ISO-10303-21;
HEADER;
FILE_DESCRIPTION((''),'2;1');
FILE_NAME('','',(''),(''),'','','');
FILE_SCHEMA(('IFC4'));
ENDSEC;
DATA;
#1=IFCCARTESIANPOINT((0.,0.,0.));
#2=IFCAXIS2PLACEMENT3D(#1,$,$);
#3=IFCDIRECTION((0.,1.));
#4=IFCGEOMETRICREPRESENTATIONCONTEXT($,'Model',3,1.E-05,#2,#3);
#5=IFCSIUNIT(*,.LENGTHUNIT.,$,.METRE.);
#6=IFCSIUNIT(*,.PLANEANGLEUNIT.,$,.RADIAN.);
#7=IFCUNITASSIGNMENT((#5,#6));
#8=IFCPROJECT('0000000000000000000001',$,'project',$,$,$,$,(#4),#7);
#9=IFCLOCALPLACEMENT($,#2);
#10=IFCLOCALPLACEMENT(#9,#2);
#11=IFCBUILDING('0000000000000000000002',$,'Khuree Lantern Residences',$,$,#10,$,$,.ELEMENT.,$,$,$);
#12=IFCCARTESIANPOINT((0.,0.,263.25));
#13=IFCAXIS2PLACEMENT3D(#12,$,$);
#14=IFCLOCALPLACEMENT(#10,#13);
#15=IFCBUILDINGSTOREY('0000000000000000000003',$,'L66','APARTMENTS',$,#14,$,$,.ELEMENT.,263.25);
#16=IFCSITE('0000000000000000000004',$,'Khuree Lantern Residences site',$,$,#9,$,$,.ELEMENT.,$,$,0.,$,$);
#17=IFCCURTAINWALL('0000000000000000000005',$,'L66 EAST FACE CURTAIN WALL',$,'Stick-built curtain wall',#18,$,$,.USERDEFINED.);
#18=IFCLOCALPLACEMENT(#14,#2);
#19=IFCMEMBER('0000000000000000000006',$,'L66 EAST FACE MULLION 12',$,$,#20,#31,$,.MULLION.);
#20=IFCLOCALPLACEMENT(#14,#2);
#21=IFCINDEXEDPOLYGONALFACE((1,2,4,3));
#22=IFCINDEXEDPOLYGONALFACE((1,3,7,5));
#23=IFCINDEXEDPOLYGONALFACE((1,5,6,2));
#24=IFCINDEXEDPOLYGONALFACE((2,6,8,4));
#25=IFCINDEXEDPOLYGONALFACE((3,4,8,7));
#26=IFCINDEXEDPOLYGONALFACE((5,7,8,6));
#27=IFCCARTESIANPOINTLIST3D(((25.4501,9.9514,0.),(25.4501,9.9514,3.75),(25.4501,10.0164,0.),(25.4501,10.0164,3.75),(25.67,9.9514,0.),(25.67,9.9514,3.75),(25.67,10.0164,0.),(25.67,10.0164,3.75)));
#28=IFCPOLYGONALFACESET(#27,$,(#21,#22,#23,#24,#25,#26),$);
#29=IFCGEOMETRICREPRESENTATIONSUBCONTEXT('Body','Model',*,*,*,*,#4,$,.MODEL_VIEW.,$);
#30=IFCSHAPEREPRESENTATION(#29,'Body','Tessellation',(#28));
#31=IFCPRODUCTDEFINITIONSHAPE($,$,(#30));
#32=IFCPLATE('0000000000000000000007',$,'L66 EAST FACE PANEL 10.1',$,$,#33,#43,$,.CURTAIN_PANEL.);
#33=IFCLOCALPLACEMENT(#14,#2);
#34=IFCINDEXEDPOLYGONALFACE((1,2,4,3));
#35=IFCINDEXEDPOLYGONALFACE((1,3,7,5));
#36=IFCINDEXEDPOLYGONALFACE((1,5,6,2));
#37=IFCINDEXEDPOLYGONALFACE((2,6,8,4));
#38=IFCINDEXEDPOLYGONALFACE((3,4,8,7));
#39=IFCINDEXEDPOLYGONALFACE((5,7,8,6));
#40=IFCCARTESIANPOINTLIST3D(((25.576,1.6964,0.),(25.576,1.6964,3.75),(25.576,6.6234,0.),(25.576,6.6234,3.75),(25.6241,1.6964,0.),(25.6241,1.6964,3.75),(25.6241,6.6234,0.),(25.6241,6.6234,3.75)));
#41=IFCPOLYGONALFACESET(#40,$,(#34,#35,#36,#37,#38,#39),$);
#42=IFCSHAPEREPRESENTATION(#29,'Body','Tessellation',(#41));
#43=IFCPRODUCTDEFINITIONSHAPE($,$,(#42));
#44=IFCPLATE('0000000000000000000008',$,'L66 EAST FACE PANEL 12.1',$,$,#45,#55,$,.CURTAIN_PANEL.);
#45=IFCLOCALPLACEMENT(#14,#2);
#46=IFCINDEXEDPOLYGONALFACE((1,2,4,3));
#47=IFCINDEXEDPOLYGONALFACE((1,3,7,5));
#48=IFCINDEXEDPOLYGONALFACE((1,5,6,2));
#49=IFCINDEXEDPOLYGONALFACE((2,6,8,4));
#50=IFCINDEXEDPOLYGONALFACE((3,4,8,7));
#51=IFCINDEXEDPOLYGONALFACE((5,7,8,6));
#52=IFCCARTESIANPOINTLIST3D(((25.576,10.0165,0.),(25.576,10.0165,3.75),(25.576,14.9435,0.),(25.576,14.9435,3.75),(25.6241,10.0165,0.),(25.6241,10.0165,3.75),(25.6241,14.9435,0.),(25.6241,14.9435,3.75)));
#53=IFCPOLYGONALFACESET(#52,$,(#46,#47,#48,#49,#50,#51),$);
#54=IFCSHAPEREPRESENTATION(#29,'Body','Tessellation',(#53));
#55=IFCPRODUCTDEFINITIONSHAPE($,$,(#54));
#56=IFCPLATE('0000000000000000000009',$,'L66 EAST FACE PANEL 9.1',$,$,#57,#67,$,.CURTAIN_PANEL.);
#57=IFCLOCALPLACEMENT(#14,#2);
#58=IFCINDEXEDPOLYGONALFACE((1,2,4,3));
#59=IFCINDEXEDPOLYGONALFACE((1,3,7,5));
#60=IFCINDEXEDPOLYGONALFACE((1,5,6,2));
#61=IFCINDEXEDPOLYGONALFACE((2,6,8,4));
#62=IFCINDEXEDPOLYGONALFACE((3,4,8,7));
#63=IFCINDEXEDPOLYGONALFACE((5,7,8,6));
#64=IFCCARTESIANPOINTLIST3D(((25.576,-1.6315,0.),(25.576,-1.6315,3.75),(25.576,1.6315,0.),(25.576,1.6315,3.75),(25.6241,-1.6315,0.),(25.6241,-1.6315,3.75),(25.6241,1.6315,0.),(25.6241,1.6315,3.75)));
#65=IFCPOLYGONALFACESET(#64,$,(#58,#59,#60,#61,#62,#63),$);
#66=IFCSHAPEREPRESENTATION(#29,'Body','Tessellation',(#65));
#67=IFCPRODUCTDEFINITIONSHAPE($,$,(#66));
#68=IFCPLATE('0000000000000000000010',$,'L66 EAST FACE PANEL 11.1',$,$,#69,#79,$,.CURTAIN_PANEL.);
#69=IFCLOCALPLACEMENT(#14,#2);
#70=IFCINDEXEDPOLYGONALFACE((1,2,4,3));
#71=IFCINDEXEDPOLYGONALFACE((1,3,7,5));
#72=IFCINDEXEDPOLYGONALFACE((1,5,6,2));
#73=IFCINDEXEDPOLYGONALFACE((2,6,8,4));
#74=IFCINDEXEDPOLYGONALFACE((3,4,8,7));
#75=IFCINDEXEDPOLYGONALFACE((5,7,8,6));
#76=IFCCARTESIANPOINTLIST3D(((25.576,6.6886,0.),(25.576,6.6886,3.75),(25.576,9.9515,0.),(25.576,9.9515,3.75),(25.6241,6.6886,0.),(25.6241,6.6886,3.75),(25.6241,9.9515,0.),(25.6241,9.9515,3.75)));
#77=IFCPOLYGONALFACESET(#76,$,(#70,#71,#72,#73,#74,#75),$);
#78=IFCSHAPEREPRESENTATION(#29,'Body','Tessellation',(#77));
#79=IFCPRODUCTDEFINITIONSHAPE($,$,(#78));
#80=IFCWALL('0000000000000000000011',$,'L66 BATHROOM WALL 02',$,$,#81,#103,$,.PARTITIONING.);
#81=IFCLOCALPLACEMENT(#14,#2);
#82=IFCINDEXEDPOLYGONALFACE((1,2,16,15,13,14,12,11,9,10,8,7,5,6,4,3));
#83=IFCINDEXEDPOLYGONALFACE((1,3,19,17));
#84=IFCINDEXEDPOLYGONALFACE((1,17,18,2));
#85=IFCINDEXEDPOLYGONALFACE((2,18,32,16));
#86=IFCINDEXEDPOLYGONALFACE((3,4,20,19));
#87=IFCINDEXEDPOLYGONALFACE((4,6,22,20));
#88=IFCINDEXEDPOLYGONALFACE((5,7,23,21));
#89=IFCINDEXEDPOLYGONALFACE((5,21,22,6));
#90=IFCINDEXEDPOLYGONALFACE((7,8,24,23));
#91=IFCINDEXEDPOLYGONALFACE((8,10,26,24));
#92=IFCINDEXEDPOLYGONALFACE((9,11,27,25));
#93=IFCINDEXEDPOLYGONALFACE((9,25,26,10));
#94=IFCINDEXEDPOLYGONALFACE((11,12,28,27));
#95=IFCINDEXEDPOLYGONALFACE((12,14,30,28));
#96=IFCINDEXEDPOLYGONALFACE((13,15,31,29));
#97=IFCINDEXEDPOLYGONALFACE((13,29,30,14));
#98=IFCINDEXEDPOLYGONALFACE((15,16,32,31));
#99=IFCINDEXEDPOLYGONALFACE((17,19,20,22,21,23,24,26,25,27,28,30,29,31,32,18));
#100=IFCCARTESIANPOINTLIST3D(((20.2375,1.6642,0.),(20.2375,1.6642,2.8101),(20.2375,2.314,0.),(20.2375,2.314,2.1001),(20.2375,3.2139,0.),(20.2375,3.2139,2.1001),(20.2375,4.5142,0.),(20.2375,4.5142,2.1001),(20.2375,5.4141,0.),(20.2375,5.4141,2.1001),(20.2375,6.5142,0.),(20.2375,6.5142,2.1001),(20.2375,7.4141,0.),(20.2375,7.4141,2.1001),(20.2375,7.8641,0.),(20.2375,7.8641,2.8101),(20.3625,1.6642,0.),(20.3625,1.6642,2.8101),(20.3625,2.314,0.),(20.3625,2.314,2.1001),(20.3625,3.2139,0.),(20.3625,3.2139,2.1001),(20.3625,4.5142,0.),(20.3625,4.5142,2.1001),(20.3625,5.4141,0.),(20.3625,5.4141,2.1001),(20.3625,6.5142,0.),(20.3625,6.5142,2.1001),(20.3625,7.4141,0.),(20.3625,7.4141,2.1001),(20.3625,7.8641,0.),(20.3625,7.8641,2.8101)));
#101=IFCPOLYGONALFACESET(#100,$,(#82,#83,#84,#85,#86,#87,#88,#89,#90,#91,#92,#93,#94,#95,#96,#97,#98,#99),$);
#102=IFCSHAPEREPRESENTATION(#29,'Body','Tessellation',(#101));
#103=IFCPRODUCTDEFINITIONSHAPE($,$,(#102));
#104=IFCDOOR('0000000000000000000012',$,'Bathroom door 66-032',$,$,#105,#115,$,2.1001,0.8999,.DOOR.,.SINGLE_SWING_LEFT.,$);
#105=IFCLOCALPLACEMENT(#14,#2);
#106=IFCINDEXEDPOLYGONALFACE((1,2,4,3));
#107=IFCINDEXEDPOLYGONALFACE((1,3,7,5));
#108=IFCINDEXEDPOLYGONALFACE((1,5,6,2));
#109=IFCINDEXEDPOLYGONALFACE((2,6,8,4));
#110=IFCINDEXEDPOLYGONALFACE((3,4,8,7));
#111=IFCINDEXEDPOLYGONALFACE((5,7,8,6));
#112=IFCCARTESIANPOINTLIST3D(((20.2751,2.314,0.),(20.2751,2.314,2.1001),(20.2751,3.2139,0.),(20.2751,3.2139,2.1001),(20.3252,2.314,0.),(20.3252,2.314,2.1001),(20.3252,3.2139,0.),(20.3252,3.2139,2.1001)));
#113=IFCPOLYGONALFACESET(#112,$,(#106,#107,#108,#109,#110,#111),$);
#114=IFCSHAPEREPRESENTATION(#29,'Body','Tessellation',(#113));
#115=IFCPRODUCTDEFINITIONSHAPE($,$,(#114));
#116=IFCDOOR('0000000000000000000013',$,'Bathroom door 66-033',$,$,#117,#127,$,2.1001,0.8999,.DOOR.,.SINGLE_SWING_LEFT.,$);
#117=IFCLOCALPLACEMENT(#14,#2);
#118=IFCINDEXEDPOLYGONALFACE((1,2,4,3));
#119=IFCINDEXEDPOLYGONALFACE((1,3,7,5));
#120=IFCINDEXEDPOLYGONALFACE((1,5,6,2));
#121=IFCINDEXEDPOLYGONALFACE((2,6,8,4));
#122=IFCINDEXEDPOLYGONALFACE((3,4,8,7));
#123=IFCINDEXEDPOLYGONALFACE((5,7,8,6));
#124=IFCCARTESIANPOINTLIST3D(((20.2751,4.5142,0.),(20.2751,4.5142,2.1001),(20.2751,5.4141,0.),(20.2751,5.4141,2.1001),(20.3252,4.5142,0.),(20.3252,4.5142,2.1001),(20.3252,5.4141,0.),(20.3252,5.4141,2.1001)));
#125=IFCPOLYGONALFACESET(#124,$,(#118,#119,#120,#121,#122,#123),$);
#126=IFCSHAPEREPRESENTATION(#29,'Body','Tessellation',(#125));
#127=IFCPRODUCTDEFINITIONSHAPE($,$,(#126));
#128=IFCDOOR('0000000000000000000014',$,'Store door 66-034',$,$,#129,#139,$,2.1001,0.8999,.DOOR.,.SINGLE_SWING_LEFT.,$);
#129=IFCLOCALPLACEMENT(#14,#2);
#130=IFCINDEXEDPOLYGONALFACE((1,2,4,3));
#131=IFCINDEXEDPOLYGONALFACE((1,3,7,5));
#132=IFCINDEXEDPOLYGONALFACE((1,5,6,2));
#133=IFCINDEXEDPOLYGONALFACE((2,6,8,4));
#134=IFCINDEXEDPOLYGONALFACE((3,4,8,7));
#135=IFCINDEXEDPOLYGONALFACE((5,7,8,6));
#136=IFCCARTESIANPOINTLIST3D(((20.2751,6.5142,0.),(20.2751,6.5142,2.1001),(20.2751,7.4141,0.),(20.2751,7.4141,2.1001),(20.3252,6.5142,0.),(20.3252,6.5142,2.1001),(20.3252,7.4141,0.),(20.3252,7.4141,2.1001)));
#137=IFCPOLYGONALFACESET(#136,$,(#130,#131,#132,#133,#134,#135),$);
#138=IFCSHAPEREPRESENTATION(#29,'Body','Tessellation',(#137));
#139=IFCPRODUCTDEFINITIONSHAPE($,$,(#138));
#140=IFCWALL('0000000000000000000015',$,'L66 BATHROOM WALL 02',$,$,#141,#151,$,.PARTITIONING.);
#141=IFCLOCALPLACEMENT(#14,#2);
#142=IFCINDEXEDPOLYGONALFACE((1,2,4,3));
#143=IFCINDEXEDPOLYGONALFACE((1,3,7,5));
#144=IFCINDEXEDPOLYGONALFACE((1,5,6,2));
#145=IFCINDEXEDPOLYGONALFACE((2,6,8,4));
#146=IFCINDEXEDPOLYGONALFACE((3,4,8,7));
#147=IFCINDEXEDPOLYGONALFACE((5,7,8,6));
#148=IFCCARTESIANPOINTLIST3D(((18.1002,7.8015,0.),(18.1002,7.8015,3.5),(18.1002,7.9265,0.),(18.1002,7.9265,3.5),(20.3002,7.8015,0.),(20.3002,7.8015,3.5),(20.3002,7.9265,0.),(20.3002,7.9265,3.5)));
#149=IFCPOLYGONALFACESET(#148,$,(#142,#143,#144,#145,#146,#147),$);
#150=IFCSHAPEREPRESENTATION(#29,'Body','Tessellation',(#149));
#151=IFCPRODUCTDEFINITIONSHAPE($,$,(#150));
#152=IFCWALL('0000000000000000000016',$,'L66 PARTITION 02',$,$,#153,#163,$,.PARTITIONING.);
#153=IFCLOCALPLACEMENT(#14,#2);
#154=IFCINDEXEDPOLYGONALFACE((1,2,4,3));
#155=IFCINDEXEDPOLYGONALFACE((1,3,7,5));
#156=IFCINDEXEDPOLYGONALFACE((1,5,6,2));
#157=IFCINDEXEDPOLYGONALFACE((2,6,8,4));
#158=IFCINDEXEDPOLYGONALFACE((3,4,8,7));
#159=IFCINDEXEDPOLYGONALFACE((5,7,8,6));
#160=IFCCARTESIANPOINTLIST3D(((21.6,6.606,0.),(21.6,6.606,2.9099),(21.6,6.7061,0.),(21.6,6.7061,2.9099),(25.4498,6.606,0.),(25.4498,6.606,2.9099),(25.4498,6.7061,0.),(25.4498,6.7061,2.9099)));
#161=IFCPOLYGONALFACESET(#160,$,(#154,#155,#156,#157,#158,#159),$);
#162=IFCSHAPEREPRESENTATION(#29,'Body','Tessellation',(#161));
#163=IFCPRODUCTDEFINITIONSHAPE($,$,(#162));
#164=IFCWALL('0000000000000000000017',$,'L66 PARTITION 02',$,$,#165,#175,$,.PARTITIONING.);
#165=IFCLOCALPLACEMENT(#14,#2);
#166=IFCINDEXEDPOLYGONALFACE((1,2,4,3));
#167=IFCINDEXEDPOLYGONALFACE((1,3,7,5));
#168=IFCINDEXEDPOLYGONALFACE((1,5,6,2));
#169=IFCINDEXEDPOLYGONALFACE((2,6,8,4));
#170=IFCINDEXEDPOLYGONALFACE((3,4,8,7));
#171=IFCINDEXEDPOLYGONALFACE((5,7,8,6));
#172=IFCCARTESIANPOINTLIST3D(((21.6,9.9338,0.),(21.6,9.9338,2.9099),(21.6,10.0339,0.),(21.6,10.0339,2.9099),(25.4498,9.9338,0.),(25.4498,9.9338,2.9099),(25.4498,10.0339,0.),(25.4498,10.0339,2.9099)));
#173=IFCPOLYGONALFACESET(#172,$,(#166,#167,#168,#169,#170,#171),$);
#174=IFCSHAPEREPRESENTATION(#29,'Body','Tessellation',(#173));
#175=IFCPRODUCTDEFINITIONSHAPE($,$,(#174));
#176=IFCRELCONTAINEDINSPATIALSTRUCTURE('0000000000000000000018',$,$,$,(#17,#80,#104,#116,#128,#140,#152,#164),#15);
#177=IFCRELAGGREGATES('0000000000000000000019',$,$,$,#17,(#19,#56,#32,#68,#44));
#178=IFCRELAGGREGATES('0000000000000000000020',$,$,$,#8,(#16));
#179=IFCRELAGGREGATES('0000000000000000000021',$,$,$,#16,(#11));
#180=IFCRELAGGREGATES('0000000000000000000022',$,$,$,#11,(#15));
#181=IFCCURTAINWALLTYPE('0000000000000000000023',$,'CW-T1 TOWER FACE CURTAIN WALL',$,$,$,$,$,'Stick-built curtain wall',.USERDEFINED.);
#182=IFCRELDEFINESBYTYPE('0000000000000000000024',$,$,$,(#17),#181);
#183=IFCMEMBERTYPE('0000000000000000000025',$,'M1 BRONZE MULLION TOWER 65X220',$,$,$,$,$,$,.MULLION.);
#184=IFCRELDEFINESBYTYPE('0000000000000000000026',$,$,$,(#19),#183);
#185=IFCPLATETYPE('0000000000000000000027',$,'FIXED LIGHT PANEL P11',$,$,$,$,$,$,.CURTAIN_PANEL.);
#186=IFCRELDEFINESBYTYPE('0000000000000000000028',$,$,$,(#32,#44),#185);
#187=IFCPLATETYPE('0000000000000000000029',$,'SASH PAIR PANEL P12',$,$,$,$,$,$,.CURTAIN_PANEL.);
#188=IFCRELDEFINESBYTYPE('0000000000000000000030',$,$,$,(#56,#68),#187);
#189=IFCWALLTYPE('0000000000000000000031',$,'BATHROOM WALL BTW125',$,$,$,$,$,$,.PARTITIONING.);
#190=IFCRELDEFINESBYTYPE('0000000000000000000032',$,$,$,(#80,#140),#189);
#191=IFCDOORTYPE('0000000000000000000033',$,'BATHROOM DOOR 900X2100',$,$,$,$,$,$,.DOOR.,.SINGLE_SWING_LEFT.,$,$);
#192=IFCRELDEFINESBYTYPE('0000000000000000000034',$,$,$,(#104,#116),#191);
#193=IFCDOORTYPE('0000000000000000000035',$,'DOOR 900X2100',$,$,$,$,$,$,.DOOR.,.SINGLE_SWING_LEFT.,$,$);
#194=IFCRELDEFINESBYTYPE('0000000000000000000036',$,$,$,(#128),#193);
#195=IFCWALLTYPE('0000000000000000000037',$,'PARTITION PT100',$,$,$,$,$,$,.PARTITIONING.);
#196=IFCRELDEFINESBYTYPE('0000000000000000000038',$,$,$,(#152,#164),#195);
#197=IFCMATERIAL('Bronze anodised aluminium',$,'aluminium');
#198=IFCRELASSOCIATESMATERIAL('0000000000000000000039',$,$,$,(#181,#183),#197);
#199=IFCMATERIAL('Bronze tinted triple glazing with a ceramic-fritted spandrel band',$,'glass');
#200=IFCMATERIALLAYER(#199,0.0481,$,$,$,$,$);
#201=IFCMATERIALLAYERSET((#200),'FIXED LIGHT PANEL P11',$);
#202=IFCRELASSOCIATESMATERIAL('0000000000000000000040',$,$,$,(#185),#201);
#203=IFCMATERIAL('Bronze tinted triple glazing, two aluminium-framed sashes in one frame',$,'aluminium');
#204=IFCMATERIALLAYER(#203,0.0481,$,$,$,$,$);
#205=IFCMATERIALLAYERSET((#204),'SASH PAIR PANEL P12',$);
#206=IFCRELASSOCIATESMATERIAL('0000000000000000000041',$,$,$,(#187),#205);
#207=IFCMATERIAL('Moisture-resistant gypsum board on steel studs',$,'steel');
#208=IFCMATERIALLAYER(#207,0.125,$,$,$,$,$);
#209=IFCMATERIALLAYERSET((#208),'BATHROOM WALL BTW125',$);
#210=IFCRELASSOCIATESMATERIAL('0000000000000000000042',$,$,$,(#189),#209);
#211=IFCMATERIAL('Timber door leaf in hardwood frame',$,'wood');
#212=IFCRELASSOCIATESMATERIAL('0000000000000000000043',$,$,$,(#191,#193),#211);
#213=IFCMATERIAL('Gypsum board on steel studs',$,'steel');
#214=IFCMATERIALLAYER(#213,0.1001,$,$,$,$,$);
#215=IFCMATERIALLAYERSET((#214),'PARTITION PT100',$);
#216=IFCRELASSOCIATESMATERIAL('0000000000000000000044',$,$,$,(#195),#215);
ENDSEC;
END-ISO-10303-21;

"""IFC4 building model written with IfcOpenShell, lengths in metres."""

from ifc_helpers import new_model, si_unit, direction, frame, frame_2d, origin, origin_2d, place, context, subcontext, project, spatial, rectangle, extrude, material, layer, layer_set, material_profile, profile_set, type_object, element, fill, aggregate, save


model = new_model("IFC4")

# Units and contexts
model_context = context("Model", 3, precision=1e-05, world=origin(), true_north=direction((0.0, 1.0)))
body_context = subcontext(model_context, "Body", "Model", "MODEL_VIEW")
ifc_project = project(units=[si_unit("LENGTHUNIT", "METRE"), si_unit("PLANEANGLEUNIT", "RADIAN")], contexts=[model_context])

# Site, building, storey
site_placement = place(None, origin())
site = spatial("IfcSite", under=ifc_project, at=site_placement, Name="Khuree Lantern Residences site", CompositionType="ELEMENT", RefElevation=0.0)
building_placement = place(site_placement, origin())
building = spatial("IfcBuilding", under=site, at=building_placement, Name="Khuree Lantern Residences", CompositionType="ELEMENT")
storey_placement = place(building_placement, frame((0.0, 0.0, 263.25)))
storey = spatial("IfcBuildingStorey", under=building, at=storey_placement, Name="L66", Description="APARTMENTS", CompositionType="ELEMENT", Elevation=263.25)

# Curtain wall
ifc_material_1 = material(Name="Bronze anodised aluminium", Category="aluminium")
curtain_wall_type = type_object("IfcCurtainWallType", Name="CW-T1 TOWER FACE CURTAIN WALL", ElementType="Stick-built curtain wall", PredefinedType="USERDEFINED", material=ifc_material_1)
curtain_wall_placement = place(storey_placement, origin())
curtain_wall = element("IfcCurtainWall", 1, at=curtain_wall_placement, inside=storey, type_object=curtain_wall_type, Name="L66 EAST FACE CURTAIN WALL", ObjectType="Stick-built curtain wall", PredefinedType="USERDEFINED")

# Member
ifc_material_profile_1 = material_profile(ifc_material_1, rectangle(XDim=0.0649, YDim=0.22, at=origin_2d()), Name="M1 65X220")
ifc_profile_set_1 = profile_set([ifc_material_profile_1], Name="Bronze anodised aluminium")
member_type_1 = type_object("IfcMemberType", Name="M1 BRONZE MULLION TOWER 65X220", PredefinedType="MULLION", material=ifc_profile_set_1)
member_1_placement = place(storey_placement, frame((25.5601, 9.9839, 0.0), z_axis=(0.0, 0.0, 1.0), x_axis=(0.0, 1.0, 0.0)))
member_1 = element("IfcMember", 2, at=member_1_placement, type_object=member_type_1, Name="L66 EAST FACE MULLION 12", PredefinedType="MULLION", context=body_context, shape_type="SweptSolid", body=[
    extrude(rectangle(XDim=0.0649, YDim=0.22, at=origin_2d()), origin(), (0.0, 0.0, 1.0), 3.75),
])

# Plates
ifc_material_2 = material(Name="Bronze tinted triple glazing with a ceramic-fritted spandrel band", Category="glass")
ifc_layer_1 = layer(ifc_material_2, 0.0481)
ifc_layer_set_1 = layer_set([ifc_layer_1], Name="FIXED LIGHT PANEL P11")
plate_type_1 = type_object("IfcPlateType", Name="FIXED LIGHT PANEL P11", PredefinedType="CURTAIN_PANEL", material=ifc_layer_set_1)
plate_1_placement = place(storey_placement, frame((25.6001, 4.1599, 0.0), z_axis=(0.0, 0.0, 1.0), x_axis=(0.0, 1.0, 0.0)))
plate_1 = element("IfcPlate", 3, at=plate_1_placement, type_object=plate_type_1, Name="L66 EAST FACE PANEL 10.1", PredefinedType="CURTAIN_PANEL", context=body_context, shape_type="SweptSolid", body=[
    extrude(rectangle(XDim=4.927, YDim=0.0481, at=origin_2d()), origin(), (0.0, 0.0, 1.0), 3.75),
])
plate_2_placement = place(storey_placement, frame((25.6001, 12.48, 0.0), z_axis=(0.0, 0.0, 1.0), x_axis=(0.0, 1.0, 0.0)))
plate_2 = element("IfcPlate", 4, at=plate_2_placement, type_object=plate_type_1, Name="L66 EAST FACE PANEL 12.1", PredefinedType="CURTAIN_PANEL", context=body_context, shape_type="SweptSolid", body=[
    extrude(rectangle(XDim=4.927, YDim=0.0481, at=origin_2d()), origin(), (0.0, 0.0, 1.0), 3.75),
])
ifc_material_3 = material(Name="Bronze tinted triple glazing, two aluminium-framed sashes in one frame", Category="aluminium")
ifc_layer_2 = layer(ifc_material_3, 0.0481)
ifc_layer_set_2 = layer_set([ifc_layer_2], Name="SASH PAIR PANEL P12")
plate_type_2 = type_object("IfcPlateType", Name="SASH PAIR PANEL P12", PredefinedType="CURTAIN_PANEL", material=ifc_layer_set_2)
plate_3_placement = place(storey_placement, frame((25.6001, 0.0, 0.0), z_axis=(0.0, 0.0, 1.0), x_axis=(0.0, 1.0, 0.0)))
plate_3 = element("IfcPlate", 5, at=plate_3_placement, type_object=plate_type_2, Name="L66 EAST FACE PANEL 9.1", PredefinedType="CURTAIN_PANEL", context=body_context, shape_type="SweptSolid", body=[
    extrude(rectangle(XDim=3.2629, YDim=0.0481, at=origin_2d()), origin(), (0.0, 0.0, 1.0), 3.75),
])
plate_4_placement = place(storey_placement, frame((25.6001, 8.3201, 0.0), z_axis=(0.0, 0.0, 1.0), x_axis=(0.0, 1.0, 0.0)))
plate_4 = element("IfcPlate", 6, at=plate_4_placement, type_object=plate_type_2, Name="L66 EAST FACE PANEL 11.1", PredefinedType="CURTAIN_PANEL", context=body_context, shape_type="SweptSolid", body=[
    extrude(rectangle(XDim=3.2629, YDim=0.0481, at=origin_2d()), origin(), (0.0, 0.0, 1.0), 3.75),
])
aggregate(curtain_wall, [member_1, plate_3, plate_1, plate_4, plate_2])

# Wall, openings, doors
ifc_material_4 = material(Name="Moisture-resistant gypsum board on steel studs", Category="steel")
ifc_layer_3 = layer(ifc_material_4, 0.125)
ifc_layer_set_3 = layer_set([ifc_layer_3], Name="BATHROOM WALL BTW125")
wall_type_1 = type_object("IfcWallType", Name="BATHROOM WALL BTW125", PredefinedType="PARTITIONING", material=ifc_layer_set_3)
wall_1_placement = place(storey_placement, frame((20.3, 1.6641, 0.0), z_axis=(0.0, 0.0, 1.0), x_axis=(0.0, 1.0, 0.0)))
wall_1 = element("IfcWall", 7, at=wall_1_placement, inside=storey, type_object=wall_type_1, Name="L66 BATHROOM WALL 02", PredefinedType="PARTITIONING", context=body_context, shape_type="SweptSolid", body=[
    extrude(rectangle(XDim=6.2, YDim=0.125, at=frame_2d((3.1001, 0.0))), origin(), (0.0, 0.0, 1.0), 2.8101),
])
opening_1_placement = place(wall_1_placement, frame((0.6499, 0.0, 0.0)))
opening_1 = element("IfcOpeningElement", 8, at=opening_1_placement, cuts=wall_1, PredefinedType="OPENING", context=body_context, shape_type="SweptSolid", body=[
    extrude(rectangle(XDim=0.8999, YDim=2.1001, at=frame_2d((0.45, 1.05))), frame((0.0, 0.0725, 0.0), z_axis=(0.0, -1.0, 0.0), x_axis=(1.0, 0.0, 0.0)), (0.0, 0.0, 1.0), 0.145),
])
opening_2_placement = place(wall_1_placement, frame((2.8501, 0.0, 0.0)))
opening_2 = element("IfcOpeningElement", 9, at=opening_2_placement, cuts=wall_1, PredefinedType="OPENING", context=body_context, shape_type="SweptSolid", body=[
    extrude(rectangle(XDim=0.8999, YDim=2.1001, at=frame_2d((0.45, 1.05))), frame((0.0, 0.0725, 0.0), z_axis=(0.0, -1.0, 0.0), x_axis=(1.0, 0.0, 0.0)), (0.0, 0.0, 1.0), 0.145),
])
opening_3_placement = place(wall_1_placement, frame((4.8501, 0.0, 0.0)))
opening_3 = element("IfcOpeningElement", 10, at=opening_3_placement, cuts=wall_1, PredefinedType="OPENING", context=body_context, shape_type="SweptSolid", body=[
    extrude(rectangle(XDim=0.8999, YDim=2.1001, at=frame_2d((0.45, 1.05))), frame((0.0, 0.0725, 0.0), z_axis=(0.0, -1.0, 0.0), x_axis=(1.0, 0.0, 0.0)), (0.0, 0.0, 1.0), 0.145),
])
ifc_material_5 = material(Name="Timber door leaf in hardwood frame", Category="wood")
door_type_1 = type_object("IfcDoorType", Name="BATHROOM DOOR 900X2100", OperationType="SINGLE_SWING_LEFT", PredefinedType="DOOR", material=ifc_material_5)
door_1_placement = place(opening_1_placement, origin())
door_1 = element("IfcDoor", 11, at=door_1_placement, inside=storey, type_object=door_type_1, Name="Bathroom door 66-032", OperationType="SINGLE_SWING_LEFT", OverallHeight=2.1001, OverallWidth=0.8999, PredefinedType="DOOR", context=body_context, shape_type="SweptSolid", body=[
    extrude(rectangle(XDim=0.8999, YDim=2.1001, at=frame_2d((0.45, 1.05))), frame((0.0, 0.0249, 0.0), z_axis=(0.0, -1.0, 0.0), x_axis=(1.0, 0.0, 0.0)), (0.0, 0.0, 1.0), 0.05),
])
fill(opening_1, door_1)
door_2_placement = place(opening_2_placement, origin())
door_2 = element("IfcDoor", 12, at=door_2_placement, inside=storey, type_object=door_type_1, Name="Bathroom door 66-033", OperationType="SINGLE_SWING_LEFT", OverallHeight=2.1001, OverallWidth=0.8999, PredefinedType="DOOR", context=body_context, shape_type="SweptSolid", body=[
    extrude(rectangle(XDim=0.8999, YDim=2.1001, at=frame_2d((0.45, 1.05))), frame((0.0, 0.0249, 0.0), z_axis=(0.0, -1.0, 0.0), x_axis=(1.0, 0.0, 0.0)), (0.0, 0.0, 1.0), 0.05),
])
fill(opening_2, door_2)
door_type_2 = type_object("IfcDoorType", Name="DOOR 900X2100", OperationType="SINGLE_SWING_LEFT", PredefinedType="DOOR", material=ifc_material_5)
door_3_placement = place(opening_3_placement, origin())
door_3 = element("IfcDoor", 13, at=door_3_placement, inside=storey, type_object=door_type_2, Name="Store door 66-034", OperationType="SINGLE_SWING_LEFT", OverallHeight=2.1001, OverallWidth=0.8999, PredefinedType="DOOR", context=body_context, shape_type="SweptSolid", body=[
    extrude(rectangle(XDim=0.8999, YDim=2.1001, at=frame_2d((0.45, 1.05))), frame((0.0, 0.0249, 0.0), z_axis=(0.0, -1.0, 0.0), x_axis=(1.0, 0.0, 0.0)), (0.0, 0.0, 1.0), 0.05),
])
fill(opening_3, door_3)

# Walls
wall_2_placement = place(storey_placement, frame((18.1001, 7.864, 0.0), z_axis=(0.0, 0.0, 1.0), x_axis=(1.0, 0.0, 0.0)))
element("IfcWall", 14, at=wall_2_placement, inside=storey, type_object=wall_type_1, Name="L66 BATHROOM WALL 02", PredefinedType="PARTITIONING", context=body_context, shape_type="SweptSolid", body=[
    extrude(rectangle(XDim=2.2, YDim=0.125, at=frame_2d((1.1001, 0.0))), origin(), (0.0, 0.0, 1.0), 3.5),
])
ifc_material_6 = material(Name="Gypsum board on steel studs", Category="steel")
ifc_layer_4 = layer(ifc_material_6, 0.1001)
ifc_layer_set_4 = layer_set([ifc_layer_4], Name="PARTITION PT100")
wall_type_2 = type_object("IfcWallType", Name="PARTITION PT100", PredefinedType="PARTITIONING", material=ifc_layer_set_4)
for number, where, z_axis, x_axis, name in (
    (15, (21.6001, 6.656, 0.0), (0.0, 0.0, 1.0), (1.0, 0.0, 0.0), "L66 PARTITION 02"),
    (16, (21.6001, 9.9839, 0.0), (0.0, 0.0, 1.0), (1.0, 0.0, 0.0), "L66 PARTITION 02"),
):
    element("IfcWall", number, at=place(storey_placement, frame(where, z_axis=z_axis, x_axis=x_axis)), inside=storey, type_object=wall_type_2, Name=name, PredefinedType="PARTITIONING", context=body_context, shape_type="SweptSolid", body=[
        extrude(rectangle(XDim=3.8499, YDim=0.1001, at=frame_2d((1.9248, 0.0))), origin(), (0.0, 0.0, 1.0), 2.9099),
    ])

save(model, "model.ifc")
